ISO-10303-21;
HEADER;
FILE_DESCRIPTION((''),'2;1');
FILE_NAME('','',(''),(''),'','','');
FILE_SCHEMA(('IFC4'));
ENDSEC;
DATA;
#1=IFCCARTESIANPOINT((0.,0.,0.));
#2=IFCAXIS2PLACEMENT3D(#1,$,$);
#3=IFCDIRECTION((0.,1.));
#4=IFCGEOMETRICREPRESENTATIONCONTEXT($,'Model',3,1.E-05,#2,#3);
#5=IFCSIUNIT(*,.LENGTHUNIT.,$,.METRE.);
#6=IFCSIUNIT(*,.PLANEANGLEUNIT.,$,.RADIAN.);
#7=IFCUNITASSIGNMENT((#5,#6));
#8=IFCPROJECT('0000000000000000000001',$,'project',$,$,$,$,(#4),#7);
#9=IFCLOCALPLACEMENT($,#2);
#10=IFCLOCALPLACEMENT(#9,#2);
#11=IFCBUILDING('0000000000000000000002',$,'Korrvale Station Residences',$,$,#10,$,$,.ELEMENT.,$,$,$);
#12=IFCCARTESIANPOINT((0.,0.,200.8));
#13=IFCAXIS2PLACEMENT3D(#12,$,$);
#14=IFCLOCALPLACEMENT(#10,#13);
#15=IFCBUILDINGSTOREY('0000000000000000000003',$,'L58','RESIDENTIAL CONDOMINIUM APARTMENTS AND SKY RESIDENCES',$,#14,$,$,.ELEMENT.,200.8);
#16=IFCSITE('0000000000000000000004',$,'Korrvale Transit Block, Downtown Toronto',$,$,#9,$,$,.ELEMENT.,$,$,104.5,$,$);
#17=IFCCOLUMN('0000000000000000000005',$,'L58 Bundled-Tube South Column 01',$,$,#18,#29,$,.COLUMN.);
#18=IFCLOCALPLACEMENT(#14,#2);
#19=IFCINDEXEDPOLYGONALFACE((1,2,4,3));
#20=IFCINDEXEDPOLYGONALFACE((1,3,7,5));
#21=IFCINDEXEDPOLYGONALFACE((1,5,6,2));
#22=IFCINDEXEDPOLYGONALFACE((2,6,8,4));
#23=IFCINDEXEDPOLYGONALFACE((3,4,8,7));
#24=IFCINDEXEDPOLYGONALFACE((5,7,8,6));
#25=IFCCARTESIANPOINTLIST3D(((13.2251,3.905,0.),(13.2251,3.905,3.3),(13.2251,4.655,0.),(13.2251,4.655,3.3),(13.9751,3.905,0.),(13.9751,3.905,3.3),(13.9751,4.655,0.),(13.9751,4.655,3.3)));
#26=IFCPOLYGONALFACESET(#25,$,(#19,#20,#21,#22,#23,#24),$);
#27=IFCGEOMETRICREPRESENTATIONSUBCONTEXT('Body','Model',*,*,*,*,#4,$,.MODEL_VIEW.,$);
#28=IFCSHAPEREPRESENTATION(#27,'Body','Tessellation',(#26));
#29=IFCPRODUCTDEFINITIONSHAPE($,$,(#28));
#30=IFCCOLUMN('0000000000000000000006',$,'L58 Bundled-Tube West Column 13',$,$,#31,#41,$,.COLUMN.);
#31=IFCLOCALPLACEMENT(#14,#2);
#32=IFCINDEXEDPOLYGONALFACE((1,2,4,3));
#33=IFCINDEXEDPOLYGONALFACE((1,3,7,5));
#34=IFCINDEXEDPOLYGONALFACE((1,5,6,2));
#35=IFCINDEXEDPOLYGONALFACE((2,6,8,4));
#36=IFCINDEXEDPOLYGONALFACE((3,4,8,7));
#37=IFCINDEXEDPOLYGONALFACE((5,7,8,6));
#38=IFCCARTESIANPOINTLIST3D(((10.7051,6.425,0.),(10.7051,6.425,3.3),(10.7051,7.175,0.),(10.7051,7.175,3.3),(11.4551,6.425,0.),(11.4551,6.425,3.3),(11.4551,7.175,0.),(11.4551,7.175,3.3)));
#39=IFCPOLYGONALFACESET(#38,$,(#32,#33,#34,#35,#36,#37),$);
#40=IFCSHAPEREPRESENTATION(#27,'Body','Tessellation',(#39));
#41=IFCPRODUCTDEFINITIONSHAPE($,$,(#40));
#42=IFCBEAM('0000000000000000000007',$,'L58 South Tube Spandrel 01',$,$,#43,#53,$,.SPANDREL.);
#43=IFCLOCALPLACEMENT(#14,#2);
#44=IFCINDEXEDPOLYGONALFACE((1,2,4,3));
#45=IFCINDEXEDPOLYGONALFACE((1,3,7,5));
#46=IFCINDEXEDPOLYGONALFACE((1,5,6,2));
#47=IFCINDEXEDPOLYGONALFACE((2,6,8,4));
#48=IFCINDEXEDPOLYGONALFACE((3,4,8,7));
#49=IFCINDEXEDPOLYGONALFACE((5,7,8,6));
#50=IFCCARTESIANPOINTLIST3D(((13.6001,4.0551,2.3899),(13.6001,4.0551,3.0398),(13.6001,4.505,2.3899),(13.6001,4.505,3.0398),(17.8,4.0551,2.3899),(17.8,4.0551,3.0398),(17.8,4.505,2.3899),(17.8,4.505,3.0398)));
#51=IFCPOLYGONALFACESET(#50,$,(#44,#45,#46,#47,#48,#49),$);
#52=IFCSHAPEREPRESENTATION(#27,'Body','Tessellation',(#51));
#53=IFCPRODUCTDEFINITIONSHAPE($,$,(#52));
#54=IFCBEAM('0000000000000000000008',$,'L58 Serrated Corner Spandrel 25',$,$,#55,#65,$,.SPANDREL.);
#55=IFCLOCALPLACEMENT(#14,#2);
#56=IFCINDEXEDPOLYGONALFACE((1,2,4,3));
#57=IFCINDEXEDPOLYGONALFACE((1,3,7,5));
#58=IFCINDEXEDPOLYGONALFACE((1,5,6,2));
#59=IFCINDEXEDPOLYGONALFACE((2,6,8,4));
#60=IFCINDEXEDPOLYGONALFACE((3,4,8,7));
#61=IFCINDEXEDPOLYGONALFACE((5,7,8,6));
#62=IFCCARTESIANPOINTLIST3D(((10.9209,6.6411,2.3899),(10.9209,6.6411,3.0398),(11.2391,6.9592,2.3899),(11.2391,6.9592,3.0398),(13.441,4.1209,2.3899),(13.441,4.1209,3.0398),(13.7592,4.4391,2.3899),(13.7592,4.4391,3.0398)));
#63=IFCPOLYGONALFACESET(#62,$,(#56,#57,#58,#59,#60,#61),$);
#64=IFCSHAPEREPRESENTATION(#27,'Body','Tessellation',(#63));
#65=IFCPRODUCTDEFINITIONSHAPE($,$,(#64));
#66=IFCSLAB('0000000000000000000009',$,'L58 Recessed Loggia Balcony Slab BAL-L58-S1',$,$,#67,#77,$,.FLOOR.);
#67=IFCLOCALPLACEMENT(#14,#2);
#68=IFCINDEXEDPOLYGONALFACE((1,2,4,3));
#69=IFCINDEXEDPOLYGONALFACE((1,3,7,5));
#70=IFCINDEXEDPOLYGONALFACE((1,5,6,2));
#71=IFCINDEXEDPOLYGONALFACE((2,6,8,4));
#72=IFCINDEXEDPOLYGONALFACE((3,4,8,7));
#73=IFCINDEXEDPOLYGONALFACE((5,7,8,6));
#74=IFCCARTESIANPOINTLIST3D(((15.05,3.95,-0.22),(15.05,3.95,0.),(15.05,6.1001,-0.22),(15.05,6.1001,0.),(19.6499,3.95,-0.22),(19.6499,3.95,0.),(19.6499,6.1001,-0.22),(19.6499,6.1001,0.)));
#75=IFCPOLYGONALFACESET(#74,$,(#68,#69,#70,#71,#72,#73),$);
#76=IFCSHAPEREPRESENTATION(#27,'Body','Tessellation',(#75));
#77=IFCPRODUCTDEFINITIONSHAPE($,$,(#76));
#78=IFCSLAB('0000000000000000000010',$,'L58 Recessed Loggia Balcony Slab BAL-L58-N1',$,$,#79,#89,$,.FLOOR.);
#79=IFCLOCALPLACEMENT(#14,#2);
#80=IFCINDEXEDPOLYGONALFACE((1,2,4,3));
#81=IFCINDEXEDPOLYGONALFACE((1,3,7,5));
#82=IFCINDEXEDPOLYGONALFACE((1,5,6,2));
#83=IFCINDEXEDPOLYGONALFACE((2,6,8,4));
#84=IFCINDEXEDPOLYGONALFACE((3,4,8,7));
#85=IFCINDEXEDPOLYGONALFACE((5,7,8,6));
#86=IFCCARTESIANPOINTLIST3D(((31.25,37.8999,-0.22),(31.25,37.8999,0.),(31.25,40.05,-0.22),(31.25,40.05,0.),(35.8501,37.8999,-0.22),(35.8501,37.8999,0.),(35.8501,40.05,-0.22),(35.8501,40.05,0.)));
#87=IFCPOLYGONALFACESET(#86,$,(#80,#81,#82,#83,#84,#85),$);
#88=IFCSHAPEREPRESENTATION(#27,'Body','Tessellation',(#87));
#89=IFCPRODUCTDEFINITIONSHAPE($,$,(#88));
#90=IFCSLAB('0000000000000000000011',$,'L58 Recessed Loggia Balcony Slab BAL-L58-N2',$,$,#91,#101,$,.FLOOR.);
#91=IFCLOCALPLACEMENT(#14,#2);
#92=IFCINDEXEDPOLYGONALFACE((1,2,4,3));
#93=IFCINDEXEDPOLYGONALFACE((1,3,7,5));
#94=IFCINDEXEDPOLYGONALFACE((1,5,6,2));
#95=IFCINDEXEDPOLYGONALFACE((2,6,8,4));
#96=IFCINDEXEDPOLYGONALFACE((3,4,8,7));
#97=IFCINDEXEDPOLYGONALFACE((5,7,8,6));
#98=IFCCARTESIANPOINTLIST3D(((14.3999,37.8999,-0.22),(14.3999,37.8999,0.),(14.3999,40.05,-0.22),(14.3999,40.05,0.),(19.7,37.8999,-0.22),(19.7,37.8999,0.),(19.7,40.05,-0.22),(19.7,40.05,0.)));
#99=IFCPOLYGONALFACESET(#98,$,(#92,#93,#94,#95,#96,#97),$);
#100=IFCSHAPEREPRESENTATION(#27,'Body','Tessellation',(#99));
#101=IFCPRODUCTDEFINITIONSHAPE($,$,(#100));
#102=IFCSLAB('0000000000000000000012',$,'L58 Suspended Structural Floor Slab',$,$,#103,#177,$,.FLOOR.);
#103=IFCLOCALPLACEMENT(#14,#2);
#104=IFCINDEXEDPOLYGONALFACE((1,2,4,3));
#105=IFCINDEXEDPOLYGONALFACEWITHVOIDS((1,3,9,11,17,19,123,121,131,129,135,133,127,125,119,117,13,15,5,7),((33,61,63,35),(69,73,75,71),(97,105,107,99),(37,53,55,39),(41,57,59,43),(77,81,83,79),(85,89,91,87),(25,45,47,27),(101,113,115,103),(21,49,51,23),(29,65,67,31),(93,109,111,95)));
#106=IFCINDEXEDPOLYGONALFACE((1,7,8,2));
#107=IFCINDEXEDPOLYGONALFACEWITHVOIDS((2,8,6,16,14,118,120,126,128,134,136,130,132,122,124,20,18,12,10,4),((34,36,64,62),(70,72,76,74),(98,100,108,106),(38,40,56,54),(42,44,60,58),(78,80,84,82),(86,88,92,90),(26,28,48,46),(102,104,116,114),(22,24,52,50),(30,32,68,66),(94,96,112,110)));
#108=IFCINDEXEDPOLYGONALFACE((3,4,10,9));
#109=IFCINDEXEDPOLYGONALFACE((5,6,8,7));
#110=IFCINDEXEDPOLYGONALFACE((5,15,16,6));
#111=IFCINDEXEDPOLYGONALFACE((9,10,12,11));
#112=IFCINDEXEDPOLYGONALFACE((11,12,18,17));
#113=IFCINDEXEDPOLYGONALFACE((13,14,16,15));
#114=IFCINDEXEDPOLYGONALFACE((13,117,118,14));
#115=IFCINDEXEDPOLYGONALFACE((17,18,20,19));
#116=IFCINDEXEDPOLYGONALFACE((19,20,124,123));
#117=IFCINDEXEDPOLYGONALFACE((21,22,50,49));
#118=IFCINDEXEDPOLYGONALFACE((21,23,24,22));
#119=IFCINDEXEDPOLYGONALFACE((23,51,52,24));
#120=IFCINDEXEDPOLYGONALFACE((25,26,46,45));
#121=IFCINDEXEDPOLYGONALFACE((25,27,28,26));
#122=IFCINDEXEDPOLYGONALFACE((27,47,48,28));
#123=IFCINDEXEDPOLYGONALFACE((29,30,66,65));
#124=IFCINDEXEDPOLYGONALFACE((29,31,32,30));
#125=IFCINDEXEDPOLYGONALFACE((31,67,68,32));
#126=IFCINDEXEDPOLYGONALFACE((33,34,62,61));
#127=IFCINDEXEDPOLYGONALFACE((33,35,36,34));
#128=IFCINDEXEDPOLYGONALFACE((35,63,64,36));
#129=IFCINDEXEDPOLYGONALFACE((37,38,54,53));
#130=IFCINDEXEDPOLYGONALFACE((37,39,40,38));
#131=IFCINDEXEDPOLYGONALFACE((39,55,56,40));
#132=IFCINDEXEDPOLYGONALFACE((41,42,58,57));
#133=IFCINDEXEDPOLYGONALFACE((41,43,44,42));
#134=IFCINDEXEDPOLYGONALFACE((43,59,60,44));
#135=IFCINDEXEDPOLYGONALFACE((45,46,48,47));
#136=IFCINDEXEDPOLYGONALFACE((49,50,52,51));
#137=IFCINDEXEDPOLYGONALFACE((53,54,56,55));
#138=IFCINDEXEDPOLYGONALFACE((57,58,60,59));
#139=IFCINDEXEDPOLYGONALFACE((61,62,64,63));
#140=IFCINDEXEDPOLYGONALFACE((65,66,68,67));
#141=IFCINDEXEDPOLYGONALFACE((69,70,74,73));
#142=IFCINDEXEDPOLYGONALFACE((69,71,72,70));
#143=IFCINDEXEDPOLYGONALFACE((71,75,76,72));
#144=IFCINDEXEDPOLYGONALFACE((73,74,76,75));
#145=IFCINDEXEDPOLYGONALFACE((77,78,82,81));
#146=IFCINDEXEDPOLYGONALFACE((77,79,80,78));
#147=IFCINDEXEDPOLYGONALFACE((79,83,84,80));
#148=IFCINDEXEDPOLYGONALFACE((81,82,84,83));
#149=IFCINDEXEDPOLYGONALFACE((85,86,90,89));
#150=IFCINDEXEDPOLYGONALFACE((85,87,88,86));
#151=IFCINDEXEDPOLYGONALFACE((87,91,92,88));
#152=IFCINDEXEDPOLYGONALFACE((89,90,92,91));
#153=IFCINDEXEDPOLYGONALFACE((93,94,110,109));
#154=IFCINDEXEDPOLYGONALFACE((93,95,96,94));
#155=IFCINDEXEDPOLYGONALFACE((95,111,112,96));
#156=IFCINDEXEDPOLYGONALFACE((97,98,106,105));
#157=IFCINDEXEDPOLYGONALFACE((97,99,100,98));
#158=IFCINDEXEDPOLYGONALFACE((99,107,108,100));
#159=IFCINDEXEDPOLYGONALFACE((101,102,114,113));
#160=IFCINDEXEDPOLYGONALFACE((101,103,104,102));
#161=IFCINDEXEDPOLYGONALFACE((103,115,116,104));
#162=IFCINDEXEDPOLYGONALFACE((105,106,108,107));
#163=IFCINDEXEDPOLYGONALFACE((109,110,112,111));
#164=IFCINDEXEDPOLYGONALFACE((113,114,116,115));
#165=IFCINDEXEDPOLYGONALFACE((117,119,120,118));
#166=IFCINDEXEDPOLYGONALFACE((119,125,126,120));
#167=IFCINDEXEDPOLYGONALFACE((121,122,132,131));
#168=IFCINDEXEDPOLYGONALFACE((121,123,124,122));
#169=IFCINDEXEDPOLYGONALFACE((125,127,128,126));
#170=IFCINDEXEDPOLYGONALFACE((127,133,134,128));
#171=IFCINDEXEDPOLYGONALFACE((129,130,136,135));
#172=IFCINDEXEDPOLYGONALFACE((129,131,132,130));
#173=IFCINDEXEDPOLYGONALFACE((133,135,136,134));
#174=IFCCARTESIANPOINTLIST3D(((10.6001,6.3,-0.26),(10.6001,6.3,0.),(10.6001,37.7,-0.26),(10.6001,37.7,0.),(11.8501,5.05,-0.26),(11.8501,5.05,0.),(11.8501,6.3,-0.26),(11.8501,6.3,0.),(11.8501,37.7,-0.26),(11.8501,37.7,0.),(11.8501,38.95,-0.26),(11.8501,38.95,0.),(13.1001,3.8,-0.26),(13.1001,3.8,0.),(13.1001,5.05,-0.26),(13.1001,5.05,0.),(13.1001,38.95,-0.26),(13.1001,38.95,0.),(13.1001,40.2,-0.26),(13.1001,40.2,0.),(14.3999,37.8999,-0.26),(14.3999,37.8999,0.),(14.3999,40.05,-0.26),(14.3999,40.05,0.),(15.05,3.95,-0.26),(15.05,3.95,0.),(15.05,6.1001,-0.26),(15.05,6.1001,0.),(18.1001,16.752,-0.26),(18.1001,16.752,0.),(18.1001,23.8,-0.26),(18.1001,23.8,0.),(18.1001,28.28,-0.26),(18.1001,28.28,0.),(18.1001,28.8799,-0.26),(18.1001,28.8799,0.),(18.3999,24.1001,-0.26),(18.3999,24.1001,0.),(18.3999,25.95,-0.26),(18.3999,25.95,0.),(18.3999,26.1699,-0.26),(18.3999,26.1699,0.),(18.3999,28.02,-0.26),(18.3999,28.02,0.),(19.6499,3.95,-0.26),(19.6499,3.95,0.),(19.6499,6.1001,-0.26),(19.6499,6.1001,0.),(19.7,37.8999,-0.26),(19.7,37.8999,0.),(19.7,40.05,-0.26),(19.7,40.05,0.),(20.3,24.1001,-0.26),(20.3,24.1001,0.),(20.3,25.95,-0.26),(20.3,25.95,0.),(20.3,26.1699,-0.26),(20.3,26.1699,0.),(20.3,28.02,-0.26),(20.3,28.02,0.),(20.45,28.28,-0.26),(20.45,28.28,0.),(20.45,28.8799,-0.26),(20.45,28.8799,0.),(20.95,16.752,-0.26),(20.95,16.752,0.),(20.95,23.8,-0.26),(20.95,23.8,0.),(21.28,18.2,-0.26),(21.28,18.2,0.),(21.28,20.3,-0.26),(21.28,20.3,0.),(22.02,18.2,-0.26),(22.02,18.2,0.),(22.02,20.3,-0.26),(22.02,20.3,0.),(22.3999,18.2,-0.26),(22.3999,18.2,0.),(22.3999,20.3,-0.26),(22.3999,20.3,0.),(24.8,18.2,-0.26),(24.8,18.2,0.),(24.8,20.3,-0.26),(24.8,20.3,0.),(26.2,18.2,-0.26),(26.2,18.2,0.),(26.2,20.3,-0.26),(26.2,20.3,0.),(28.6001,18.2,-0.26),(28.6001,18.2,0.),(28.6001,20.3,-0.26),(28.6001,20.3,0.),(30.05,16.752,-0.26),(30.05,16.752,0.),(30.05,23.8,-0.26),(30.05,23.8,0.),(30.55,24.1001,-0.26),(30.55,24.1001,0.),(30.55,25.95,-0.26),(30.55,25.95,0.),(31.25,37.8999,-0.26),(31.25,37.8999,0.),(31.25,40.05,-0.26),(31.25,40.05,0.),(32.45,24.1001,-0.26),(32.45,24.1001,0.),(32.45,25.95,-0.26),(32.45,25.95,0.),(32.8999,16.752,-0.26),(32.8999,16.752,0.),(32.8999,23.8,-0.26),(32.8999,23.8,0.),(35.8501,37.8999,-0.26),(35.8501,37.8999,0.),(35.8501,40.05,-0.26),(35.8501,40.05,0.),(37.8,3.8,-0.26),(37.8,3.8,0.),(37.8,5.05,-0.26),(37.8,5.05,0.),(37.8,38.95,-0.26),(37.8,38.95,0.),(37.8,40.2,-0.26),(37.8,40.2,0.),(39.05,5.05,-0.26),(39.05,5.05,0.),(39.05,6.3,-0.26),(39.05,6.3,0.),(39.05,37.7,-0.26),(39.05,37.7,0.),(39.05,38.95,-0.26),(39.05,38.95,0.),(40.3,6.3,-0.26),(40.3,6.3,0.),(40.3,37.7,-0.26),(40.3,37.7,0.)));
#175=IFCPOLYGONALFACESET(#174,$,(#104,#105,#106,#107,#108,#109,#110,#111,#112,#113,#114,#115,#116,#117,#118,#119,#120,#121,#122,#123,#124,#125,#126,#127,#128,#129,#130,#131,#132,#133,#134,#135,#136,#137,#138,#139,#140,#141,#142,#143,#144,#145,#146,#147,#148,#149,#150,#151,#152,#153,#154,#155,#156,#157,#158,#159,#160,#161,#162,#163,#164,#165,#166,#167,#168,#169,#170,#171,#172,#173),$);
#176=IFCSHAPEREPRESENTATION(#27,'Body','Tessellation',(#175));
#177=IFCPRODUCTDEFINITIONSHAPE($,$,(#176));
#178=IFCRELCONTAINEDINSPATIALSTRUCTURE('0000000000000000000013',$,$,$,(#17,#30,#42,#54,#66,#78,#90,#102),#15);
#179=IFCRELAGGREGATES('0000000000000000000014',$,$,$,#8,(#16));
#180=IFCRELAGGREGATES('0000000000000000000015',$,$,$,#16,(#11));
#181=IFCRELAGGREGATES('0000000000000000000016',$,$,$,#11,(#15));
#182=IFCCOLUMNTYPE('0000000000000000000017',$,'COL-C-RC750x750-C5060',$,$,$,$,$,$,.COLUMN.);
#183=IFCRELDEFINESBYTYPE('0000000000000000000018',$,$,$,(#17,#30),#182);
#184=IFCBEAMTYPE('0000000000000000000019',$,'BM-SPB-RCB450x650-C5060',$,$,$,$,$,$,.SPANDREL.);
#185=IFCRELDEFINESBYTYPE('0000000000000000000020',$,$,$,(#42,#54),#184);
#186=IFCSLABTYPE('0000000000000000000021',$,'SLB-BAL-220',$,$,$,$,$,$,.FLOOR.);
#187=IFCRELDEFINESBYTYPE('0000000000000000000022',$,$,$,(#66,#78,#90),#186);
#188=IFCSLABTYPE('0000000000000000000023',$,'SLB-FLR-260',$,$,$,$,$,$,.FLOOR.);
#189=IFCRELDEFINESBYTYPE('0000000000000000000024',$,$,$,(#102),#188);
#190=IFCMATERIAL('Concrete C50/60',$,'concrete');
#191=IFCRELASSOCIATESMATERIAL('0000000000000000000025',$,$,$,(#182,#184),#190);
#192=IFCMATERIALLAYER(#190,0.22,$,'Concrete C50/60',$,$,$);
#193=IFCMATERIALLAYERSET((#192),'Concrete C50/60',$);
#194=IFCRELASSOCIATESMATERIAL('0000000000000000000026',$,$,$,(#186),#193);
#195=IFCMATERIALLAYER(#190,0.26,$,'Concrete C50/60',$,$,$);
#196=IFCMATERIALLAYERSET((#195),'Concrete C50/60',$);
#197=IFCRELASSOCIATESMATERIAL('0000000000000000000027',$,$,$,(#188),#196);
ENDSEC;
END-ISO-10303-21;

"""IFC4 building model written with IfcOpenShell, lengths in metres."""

from ifc_helpers import new_model, si_unit, direction, frame, origin, origin_2d, place, context, subcontext, project, spatial, polyline, rectangle, outline, extrude, material, layer, layer_set, material_profile, profile_set, type_object, element, save


model = new_model("IFC4")

# Units and contexts
model_context = context("Model", 3, precision=1e-05, world=origin(), true_north=direction((0.0, 1.0)))
body_context = subcontext(model_context, "Body", "Model", "MODEL_VIEW")
ifc_project = project(units=[si_unit("LENGTHUNIT", "METRE"), si_unit("PLANEANGLEUNIT", "RADIAN")], contexts=[model_context])

# Site, building, storey
site_placement = place(None, origin())
site = spatial("IfcSite", under=ifc_project, at=site_placement, Name="Korrvale Transit Block, Downtown Toronto", CompositionType="ELEMENT", RefElevation=104.5)
building_placement = place(site_placement, origin())
building = spatial("IfcBuilding", under=site, at=building_placement, Name="Korrvale Station Residences", CompositionType="ELEMENT")
storey_placement = place(building_placement, frame((0.0, 0.0, 200.8)))
storey = spatial("IfcBuildingStorey", under=building, at=storey_placement, Name="L58", Description="RESIDENTIAL CONDOMINIUM APARTMENTS AND SKY RESIDENCES", CompositionType="ELEMENT", Elevation=200.8)

# Columns
ifc_material_1 = material(Name="Concrete C50/60", Category="concrete")
ifc_material_profile_1 = material_profile(ifc_material_1, rectangle(XDim=0.75, YDim=0.75, at=origin_2d()), Name="RC750x750")
ifc_profile_set_1 = profile_set([ifc_material_profile_1], Name="Concrete C50/60")
column_type = type_object("IfcColumnType", Name="COL-C-RC750x750-C5060", PredefinedType="COLUMN", material=ifc_profile_set_1)
for number, where, z_axis, x_axis, name in (
    (1, (13.6001, 4.28, 0.0), (0.0, 0.0, 1.0), (1.0, 0.0, 0.0), "L58 Bundled-Tube South Column 01"),
    (2, (11.0801, 6.8, 0.0), (0.0, 0.0, 1.0), (1.0, 0.0, 0.0), "L58 Bundled-Tube West Column 13"),
):
    element("IfcColumn", number, at=place(storey_placement, frame(where, z_axis=z_axis, x_axis=x_axis)), inside=storey, type_object=column_type, Name=name, PredefinedType="COLUMN", context=body_context, shape_type="SweptSolid", body=[
        extrude(rectangle(XDim=0.75, YDim=0.75, at=origin_2d()), origin(), (0.0, 0.0, 1.0), 3.3),
    ])

# Beams
ifc_material_profile_2 = material_profile(ifc_material_1, rectangle(XDim=0.45, YDim=0.6499, at=origin_2d()), Name="RCB450x650")
ifc_profile_set_2 = profile_set([ifc_material_profile_2], Name="Concrete C50/60")
beam_type = type_object("IfcBeamType", Name="BM-SPB-RCB450x650-C5060", PredefinedType="SPANDREL", material=ifc_profile_set_2)
beam_1_placement = place(storey_placement, frame((13.6001, 4.28, 2.7148), z_axis=(1.0, 0.0, 0.0), x_axis=(0.0, 1.0, 0.0)))
element("IfcBeam", 3, at=beam_1_placement, inside=storey, type_object=beam_type, Name="L58 South Tube Spandrel 01", PredefinedType="SPANDREL", context=body_context, shape_type="SweptSolid", body=[
    extrude(rectangle(XDim=0.45, YDim=0.6499, at=origin_2d()), origin(), (0.0, 0.0, 1.0), 4.2),
])
beam_2_placement = place(storey_placement, frame((13.6001, 4.28, 2.7148), z_axis=(-0.707107, 0.707107, 0.0), x_axis=(-0.707107, -0.707107, 0.0)))
element("IfcBeam", 4, at=beam_2_placement, inside=storey, type_object=beam_type, Name="L58 Serrated Corner Spandrel 25", PredefinedType="SPANDREL", context=body_context, shape_type="SweptSolid", body=[
    extrude(rectangle(XDim=0.45, YDim=0.6499, at=origin_2d()), origin(), (0.0, 0.0, 1.0), 3.564),
])

# Slabs
ifc_layer_1 = layer(ifc_material_1, 0.22, Name="Concrete C50/60")
ifc_layer_set_1 = layer_set([ifc_layer_1], Name="Concrete C50/60")
slab_type_1 = type_object("IfcSlabType", Name="SLB-BAL-220", PredefinedType="FLOOR", material=ifc_layer_set_1)
slab_1_placement = place(storey_placement, frame((0.0, 0.0, -0.22)))
element("IfcSlab", 5, at=slab_1_placement, inside=storey, type_object=slab_type_1, Name="L58 Recessed Loggia Balcony Slab BAL-L58-S1", PredefinedType="FLOOR", context=body_context, shape_type="SweptSolid", body=[
    extrude(outline(polyline([(15.05, 3.95), (19.6499, 3.95), (19.6499, 6.1001), (15.05, 6.1001), (15.05, 3.95)])), origin(), (0.0, 0.0, 1.0), 0.22),
])
slab_2_placement = place(storey_placement, frame((0.0, 0.0, -0.22)))
element("IfcSlab", 6, at=slab_2_placement, inside=storey, type_object=slab_type_1, Name="L58 Recessed Loggia Balcony Slab BAL-L58-N1", PredefinedType="FLOOR", context=body_context, shape_type="SweptSolid", body=[
    extrude(outline(polyline([(31.25, 37.8999), (35.8501, 37.8999), (35.8501, 40.05), (31.25, 40.05), (31.25, 37.8999)])), origin(), (0.0, 0.0, 1.0), 0.22),
])
slab_3_placement = place(storey_placement, frame((0.0, 0.0, -0.22)))
element("IfcSlab", 7, at=slab_3_placement, inside=storey, type_object=slab_type_1, Name="L58 Recessed Loggia Balcony Slab BAL-L58-N2", PredefinedType="FLOOR", context=body_context, shape_type="SweptSolid", body=[
    extrude(outline(polyline([(14.3999, 37.8999), (19.7, 37.8999), (19.7, 40.05), (14.3999, 40.05), (14.3999, 37.8999)])), origin(), (0.0, 0.0, 1.0), 0.22),
])
ifc_layer_2 = layer(ifc_material_1, 0.26, Name="Concrete C50/60")
ifc_layer_set_2 = layer_set([ifc_layer_2], Name="Concrete C50/60")
slab_type_2 = type_object("IfcSlabType", Name="SLB-FLR-260", PredefinedType="FLOOR", material=ifc_layer_set_2)
slab_4_placement = place(storey_placement, frame((0.0, 0.0, -0.26)))
element("IfcSlab", 8, at=slab_4_placement, inside=storey, type_object=slab_type_2, Name="L58 Suspended Structural Floor Slab", PredefinedType="FLOOR", context=body_context, shape_type="SweptSolid", body=[
    extrude(outline(polyline([(13.1001, 3.8), (37.8, 3.8), (37.8, 5.05), (39.05, 5.05), (39.05, 6.3), (40.3, 6.3), (40.3, 37.7), (39.05, 37.7), (39.05, 38.95), (37.8, 38.95), (37.8, 40.2), (13.1001, 40.2), (13.1001, 38.95), (11.8501, 38.95), (11.8501, 37.7), (10.6001, 37.7), (10.6001, 6.3), (11.8501, 6.3), (11.8501, 5.05), (13.1001, 5.05), (13.1001, 3.8)]), holes=[polyline([(20.95, 16.752), (20.95, 23.8), (18.1001, 23.8), (18.1001, 16.752), (20.95, 16.752)]), polyline([(32.8999, 16.752), (32.8999, 23.8), (30.05, 23.8), (30.05, 16.752), (32.8999, 16.752)]), polyline([(18.3999, 24.1001), (20.3, 24.1001), (20.3, 25.95), (18.3999, 25.95), (18.3999, 24.1001)]), polyline([(18.3999, 26.1699), (20.3, 26.1699), (20.3, 28.02), (18.3999, 28.02), (18.3999, 26.1699)]), polyline([(30.55, 24.1001), (32.45, 24.1001), (32.45, 25.95), (30.55, 25.95), (30.55, 24.1001)]), polyline([(22.3999, 18.2), (24.8, 18.2), (24.8, 20.3), (22.3999, 20.3), (22.3999, 18.2)]), polyline([(26.2, 18.2), (28.6001, 18.2), (28.6001, 20.3), (26.2, 20.3), (26.2, 18.2)]), polyline([(18.1001, 28.28), (20.45, 28.28), (20.45, 28.8799), (18.1001, 28.8799), (18.1001, 28.28)]), polyline([(21.28, 18.2), (22.02, 18.2), (22.02, 20.3), (21.28, 20.3), (21.28, 18.2)]), polyline([(15.05, 3.95), (19.6499, 3.95), (19.6499, 6.1001), (15.05, 6.1001), (15.05, 3.95)]), polyline([(31.25, 37.8999), (35.8501, 37.8999), (35.8501, 40.05), (31.25, 40.05), (31.25, 37.8999)]), polyline([(14.3999, 37.8999), (19.7, 37.8999), (19.7, 40.05), (14.3999, 40.05), (14.3999, 37.8999)])]), origin(), (0.0, 0.0, 1.0), 0.26),
])

save(model, "model.ifc")
